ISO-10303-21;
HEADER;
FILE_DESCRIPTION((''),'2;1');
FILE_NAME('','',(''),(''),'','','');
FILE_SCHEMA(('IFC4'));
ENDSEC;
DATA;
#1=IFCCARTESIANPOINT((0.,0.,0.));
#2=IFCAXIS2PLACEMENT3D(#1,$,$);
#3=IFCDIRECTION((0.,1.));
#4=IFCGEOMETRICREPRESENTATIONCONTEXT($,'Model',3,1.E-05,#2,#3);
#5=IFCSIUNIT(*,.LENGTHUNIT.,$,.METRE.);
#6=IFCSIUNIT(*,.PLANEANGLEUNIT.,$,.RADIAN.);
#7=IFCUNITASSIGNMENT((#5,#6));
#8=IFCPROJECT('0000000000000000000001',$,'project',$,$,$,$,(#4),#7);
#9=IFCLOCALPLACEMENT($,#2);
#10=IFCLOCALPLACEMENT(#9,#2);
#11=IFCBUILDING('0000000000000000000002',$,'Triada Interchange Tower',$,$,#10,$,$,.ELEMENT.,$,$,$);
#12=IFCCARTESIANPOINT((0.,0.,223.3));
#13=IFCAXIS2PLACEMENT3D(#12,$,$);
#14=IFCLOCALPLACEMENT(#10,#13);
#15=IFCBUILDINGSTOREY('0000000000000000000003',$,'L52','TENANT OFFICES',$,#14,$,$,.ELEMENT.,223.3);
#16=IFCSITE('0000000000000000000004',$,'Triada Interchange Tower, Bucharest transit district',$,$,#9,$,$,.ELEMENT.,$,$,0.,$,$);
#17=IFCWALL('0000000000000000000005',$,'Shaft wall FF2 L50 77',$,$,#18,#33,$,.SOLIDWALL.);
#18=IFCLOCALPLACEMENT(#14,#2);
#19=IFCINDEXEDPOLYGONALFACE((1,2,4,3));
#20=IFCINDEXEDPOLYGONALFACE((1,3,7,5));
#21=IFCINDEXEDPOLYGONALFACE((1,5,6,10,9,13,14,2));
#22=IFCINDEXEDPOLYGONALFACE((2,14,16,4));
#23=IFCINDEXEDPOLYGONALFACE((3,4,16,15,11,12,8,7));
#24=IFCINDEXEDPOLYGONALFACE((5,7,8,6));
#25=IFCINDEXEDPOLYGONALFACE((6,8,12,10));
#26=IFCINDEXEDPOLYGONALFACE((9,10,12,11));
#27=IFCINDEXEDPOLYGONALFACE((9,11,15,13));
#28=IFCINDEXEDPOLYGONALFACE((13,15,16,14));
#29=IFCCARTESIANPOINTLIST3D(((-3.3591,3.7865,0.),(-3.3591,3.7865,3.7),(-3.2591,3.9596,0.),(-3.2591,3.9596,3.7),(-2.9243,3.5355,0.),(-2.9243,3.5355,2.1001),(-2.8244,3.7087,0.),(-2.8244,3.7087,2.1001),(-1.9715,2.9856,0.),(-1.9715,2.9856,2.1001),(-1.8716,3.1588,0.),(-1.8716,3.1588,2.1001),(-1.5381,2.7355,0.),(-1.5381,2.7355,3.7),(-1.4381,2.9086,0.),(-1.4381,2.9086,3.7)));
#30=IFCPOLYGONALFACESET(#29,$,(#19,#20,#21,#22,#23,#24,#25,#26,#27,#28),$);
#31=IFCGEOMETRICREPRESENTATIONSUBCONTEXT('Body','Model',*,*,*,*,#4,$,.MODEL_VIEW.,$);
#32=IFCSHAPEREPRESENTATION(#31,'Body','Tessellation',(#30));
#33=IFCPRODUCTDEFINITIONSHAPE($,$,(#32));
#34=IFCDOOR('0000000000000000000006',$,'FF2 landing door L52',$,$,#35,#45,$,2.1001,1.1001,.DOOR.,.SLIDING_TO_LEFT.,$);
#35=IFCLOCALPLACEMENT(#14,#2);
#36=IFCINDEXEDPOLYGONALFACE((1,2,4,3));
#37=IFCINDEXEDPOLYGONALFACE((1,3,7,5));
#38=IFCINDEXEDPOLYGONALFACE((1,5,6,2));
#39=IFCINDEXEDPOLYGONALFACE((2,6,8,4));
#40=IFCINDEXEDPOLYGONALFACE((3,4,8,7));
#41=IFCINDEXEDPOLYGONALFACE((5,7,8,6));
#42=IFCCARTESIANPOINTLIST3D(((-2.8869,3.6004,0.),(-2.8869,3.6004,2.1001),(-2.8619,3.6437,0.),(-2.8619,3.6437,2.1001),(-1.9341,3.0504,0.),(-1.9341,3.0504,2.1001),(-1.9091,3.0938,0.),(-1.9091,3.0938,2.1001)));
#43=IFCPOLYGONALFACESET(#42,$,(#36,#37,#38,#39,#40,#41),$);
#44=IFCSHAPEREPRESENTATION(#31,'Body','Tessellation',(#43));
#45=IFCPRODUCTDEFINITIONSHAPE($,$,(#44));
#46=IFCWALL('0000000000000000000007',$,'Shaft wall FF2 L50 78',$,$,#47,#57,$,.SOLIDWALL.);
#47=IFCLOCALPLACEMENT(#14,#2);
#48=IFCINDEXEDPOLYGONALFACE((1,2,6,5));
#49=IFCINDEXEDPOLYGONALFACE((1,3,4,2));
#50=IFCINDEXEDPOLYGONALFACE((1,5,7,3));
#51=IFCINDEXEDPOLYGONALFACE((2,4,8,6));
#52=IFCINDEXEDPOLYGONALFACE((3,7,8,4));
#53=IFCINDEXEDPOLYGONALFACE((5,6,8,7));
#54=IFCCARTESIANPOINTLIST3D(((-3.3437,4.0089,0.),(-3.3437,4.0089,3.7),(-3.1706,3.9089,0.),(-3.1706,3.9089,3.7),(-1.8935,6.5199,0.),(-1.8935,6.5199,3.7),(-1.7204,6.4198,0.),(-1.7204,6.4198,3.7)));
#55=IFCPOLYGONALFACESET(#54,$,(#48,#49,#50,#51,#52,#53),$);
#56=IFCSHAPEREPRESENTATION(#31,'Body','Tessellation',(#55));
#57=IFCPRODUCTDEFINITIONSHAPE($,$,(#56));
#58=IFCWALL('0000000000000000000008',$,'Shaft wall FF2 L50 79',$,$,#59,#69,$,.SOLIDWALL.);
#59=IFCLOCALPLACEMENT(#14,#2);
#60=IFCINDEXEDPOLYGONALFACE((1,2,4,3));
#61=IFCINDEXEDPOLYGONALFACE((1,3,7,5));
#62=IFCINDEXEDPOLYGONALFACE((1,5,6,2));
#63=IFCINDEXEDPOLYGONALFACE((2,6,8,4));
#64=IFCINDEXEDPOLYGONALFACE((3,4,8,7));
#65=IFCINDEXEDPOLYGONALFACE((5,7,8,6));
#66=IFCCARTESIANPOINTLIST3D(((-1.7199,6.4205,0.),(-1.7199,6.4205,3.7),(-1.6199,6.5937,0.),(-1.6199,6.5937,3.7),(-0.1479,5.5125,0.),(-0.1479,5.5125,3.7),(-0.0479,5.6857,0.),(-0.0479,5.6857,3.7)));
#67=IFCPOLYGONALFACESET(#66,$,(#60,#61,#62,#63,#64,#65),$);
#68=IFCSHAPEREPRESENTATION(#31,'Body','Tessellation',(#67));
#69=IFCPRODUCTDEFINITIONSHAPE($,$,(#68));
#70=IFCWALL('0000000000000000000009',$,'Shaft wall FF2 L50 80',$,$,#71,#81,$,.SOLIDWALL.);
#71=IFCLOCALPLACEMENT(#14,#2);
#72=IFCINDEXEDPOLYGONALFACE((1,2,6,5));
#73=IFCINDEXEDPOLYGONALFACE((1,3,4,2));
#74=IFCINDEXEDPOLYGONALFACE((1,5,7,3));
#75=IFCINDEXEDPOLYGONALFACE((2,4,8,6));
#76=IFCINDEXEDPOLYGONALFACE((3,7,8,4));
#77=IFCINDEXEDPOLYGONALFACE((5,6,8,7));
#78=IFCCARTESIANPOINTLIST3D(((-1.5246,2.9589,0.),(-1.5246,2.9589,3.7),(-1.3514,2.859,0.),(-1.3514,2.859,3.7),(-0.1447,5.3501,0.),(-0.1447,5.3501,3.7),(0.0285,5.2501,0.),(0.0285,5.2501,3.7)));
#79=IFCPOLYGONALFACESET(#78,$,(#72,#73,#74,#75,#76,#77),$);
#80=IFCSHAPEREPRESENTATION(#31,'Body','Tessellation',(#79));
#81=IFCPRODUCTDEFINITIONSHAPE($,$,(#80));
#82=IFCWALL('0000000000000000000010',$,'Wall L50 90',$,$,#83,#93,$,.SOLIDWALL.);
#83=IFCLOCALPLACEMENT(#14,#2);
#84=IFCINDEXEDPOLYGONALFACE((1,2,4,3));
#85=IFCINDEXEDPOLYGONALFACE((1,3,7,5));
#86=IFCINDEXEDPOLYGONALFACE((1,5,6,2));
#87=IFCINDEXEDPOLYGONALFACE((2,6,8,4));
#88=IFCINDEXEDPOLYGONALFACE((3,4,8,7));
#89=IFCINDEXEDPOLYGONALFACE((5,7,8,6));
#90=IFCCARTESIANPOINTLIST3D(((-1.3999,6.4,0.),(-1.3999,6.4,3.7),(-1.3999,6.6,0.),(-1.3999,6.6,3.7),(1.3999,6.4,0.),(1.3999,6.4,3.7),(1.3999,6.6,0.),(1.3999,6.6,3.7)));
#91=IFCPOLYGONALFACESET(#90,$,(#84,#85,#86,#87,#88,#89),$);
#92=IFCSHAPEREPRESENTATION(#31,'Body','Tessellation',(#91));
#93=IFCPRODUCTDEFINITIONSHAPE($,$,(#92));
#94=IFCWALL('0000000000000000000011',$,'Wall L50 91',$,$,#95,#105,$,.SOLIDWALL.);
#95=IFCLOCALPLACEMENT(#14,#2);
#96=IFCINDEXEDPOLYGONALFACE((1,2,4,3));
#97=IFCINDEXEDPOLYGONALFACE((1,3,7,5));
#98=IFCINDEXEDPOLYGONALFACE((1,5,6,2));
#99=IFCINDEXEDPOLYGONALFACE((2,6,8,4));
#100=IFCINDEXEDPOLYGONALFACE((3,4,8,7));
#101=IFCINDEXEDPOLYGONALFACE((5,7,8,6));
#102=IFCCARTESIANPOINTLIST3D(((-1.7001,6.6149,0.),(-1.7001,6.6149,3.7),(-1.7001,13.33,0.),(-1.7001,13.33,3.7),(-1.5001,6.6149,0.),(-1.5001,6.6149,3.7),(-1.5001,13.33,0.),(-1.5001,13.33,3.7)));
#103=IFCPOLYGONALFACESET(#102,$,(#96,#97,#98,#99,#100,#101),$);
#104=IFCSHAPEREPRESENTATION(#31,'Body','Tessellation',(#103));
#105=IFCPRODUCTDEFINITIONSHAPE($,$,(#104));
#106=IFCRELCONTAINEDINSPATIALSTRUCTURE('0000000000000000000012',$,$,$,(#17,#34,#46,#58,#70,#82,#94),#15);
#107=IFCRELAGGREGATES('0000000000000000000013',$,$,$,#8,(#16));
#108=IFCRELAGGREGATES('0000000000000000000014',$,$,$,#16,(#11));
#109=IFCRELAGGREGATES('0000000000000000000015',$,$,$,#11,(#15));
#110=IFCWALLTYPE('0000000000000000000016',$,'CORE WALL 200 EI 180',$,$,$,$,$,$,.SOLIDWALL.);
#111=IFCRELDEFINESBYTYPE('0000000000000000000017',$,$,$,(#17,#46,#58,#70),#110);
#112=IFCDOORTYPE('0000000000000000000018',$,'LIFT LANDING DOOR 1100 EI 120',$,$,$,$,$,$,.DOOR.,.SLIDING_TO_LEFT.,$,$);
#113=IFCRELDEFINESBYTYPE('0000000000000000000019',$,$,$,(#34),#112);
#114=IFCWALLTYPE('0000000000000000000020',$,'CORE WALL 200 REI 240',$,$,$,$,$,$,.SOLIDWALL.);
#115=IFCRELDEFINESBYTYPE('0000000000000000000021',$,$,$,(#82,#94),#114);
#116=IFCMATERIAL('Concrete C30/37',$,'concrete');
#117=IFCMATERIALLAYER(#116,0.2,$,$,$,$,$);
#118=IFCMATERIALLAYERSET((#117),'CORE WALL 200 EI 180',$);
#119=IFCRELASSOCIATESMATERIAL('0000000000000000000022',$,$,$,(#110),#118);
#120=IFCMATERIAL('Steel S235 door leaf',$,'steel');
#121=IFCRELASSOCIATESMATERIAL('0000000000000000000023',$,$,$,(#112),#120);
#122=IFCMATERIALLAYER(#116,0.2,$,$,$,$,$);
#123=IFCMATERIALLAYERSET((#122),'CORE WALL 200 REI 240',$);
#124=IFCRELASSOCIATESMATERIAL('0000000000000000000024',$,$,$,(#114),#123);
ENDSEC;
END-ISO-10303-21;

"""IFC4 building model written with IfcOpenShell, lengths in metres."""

from ifc_helpers import new_model, si_unit, direction, frame, frame_2d, origin, place, context, subcontext, project, spatial, rectangle, extrude, material, layer, layer_set, type_object, element, fill, save


model = new_model("IFC4")

# Units and contexts
model_context = context("Model", 3, precision=1e-05, world=origin(), true_north=direction((0.0, 1.0)))
body_context = subcontext(model_context, "Body", "Model", "MODEL_VIEW")
ifc_project = project(units=[si_unit("LENGTHUNIT", "METRE"), si_unit("PLANEANGLEUNIT", "RADIAN")], contexts=[model_context])

# Site, building, storey
site_placement = place(None, origin())
site = spatial("IfcSite", under=ifc_project, at=site_placement, Name="Triada Interchange Tower, Bucharest transit district", CompositionType="ELEMENT", RefElevation=0.0)
building_placement = place(site_placement, origin())
building = spatial("IfcBuilding", under=site, at=building_placement, Name="Triada Interchange Tower", CompositionType="ELEMENT")
storey_placement = place(building_placement, frame((0.0, 0.0, 223.3)))
storey = spatial("IfcBuildingStorey", under=building, at=storey_placement, Name="L52", Description="TENANT OFFICES", CompositionType="ELEMENT", Elevation=223.3)

# Shared definitions
ifc_material_1 = material(Name="Concrete C30/37", Category="concrete")
ifc_layer_1 = layer(ifc_material_1, 0.2)
ifc_layer_set_1 = layer_set([ifc_layer_1], Name="CORE WALL 200 EI 180")
wall_type_1 = type_object("IfcWallType", Name="CORE WALL 200 EI 180", PredefinedType="SOLIDWALL", material=ifc_layer_set_1)

# Shared definitions
ifc_material_2 = material(Name="Steel S235 door leaf", Category="steel")

# Wall, opening, door
door_type_1 = type_object("IfcDoorType", Name="LIFT LANDING DOOR 1100 EI 120", OperationType="SLIDING_TO_LEFT", PredefinedType="DOOR", material=ifc_material_2)
wall_1_placement = place(storey_placement, frame((-3.3091, 3.873, 0.0), z_axis=(0.0, 0.0, 1.0), x_axis=(0.866099, -0.499873, 0.0)))
wall_1 = element("IfcWall", 1, at=wall_1_placement, inside=storey, type_object=wall_type_1, Name="Shaft wall FF2 L50 77", PredefinedType="SOLIDWALL", context=body_context, shape_type="SweptSolid", body=[
    extrude(rectangle(XDim=2.1025, YDim=0.2, at=frame_2d((1.0513, 0.0))), origin(), (0.0, 0.0, 1.0), 3.7),
])
opening_1_placement = place(wall_1_placement, frame((0.502, 0.0, 0.0)))
opening_1 = element("IfcOpeningElement", 2, at=opening_1_placement, cuts=wall_1, PredefinedType="OPENING", context=body_context, shape_type="SweptSolid", body=[
    extrude(rectangle(XDim=1.1001, YDim=2.1001, at=frame_2d((0.55, 1.05))), frame((0.0, 0.1099, 0.0), z_axis=(0.0, -1.0, 0.0), x_axis=(1.0, 0.0, 0.0)), (0.0, 0.0, 1.0), 0.22),
])
door_1_placement = place(opening_1_placement, origin())
door_1 = element("IfcDoor", 3, at=door_1_placement, inside=storey, type_object=door_type_1, Name="FF2 landing door L52", OperationType="SLIDING_TO_LEFT", OverallHeight=2.1001, OverallWidth=1.1001, PredefinedType="DOOR", context=body_context, shape_type="SweptSolid", body=[
    extrude(rectangle(XDim=1.1001, YDim=2.1001, at=frame_2d((0.55, 1.05))), frame((0.0, 0.0249, 0.0), z_axis=(0.0, -1.0, 0.0), x_axis=(1.0, 0.0, 0.0)), (0.0, 0.0, 1.0), 0.05),
])
fill(opening_1, door_1)

# Walls
wall_2_placement = place(storey_placement, frame((-3.2571, 3.959, 0.0), z_axis=(0.0, 0.0, 1.0), x_axis=(0.500123, 0.865954, 0.0)))
element("IfcWall", 4, at=wall_2_placement, inside=storey, type_object=wall_type_1, Name="Shaft wall FF2 L50 78", PredefinedType="SOLIDWALL", context=body_context, shape_type="SweptSolid", body=[
    extrude(rectangle(XDim=2.8997, YDim=0.2, at=frame_2d((1.4497, 0.0))), origin(), (0.0, 0.0, 1.0), 3.7),
])
wall_3_placement = place(storey_placement, frame((-1.6699, 6.5071, 0.0), z_axis=(0.0, 0.0, 1.0), x_axis=(0.865941, -0.500145, 0.0)))
element("IfcWall", 5, at=wall_3_placement, inside=storey, type_object=wall_type_1, Name="Shaft wall FF2 L50 79", PredefinedType="SOLIDWALL", context=body_context, shape_type="SweptSolid", body=[
    extrude(rectangle(XDim=1.8154, YDim=0.2, at=frame_2d((0.9077, 0.0))), origin(), (0.0, 0.0, 1.0), 3.7),
])
wall_4_placement = place(storey_placement, frame((-1.438, 2.9089, 0.0), z_axis=(0.0, 0.0, 1.0), x_axis=(0.49983, 0.866124, 0.0)))
element("IfcWall", 6, at=wall_4_placement, inside=storey, type_object=wall_type_1, Name="Shaft wall FF2 L50 80", PredefinedType="SOLIDWALL", context=body_context, shape_type="SweptSolid", body=[
    extrude(rectangle(XDim=2.7607, YDim=0.2, at=frame_2d((1.3804, 0.0))), origin(), (0.0, 0.0, 1.0), 3.7),
])
ifc_layer_2 = layer(ifc_material_1, 0.2)
ifc_layer_set_2 = layer_set([ifc_layer_2], Name="CORE WALL 200 REI 240")
wall_type_2 = type_object("IfcWallType", Name="CORE WALL 200 REI 240", PredefinedType="SOLIDWALL", material=ifc_layer_set_2)
wall_5_placement = place(storey_placement, frame((-1.3999, 6.5, 0.0), z_axis=(0.0, 0.0, 1.0), x_axis=(1.0, 0.0, 0.0)))
element("IfcWall", 7, at=wall_5_placement, inside=storey, type_object=wall_type_2, Name="Wall L50 90", PredefinedType="SOLIDWALL", context=body_context, shape_type="SweptSolid", body=[
    extrude(rectangle(XDim=2.7998, YDim=0.2, at=frame_2d((1.3999, 0.0))), origin(), (0.0, 0.0, 1.0), 3.7),
])
wall_6_placement = place(storey_placement, frame((-1.6001, 6.615, 0.0), z_axis=(0.0, 0.0, 1.0), x_axis=(0.0, 1.0, 0.0)))
element("IfcWall", 8, at=wall_6_placement, inside=storey, type_object=wall_type_2, Name="Wall L50 91", PredefinedType="SOLIDWALL", context=body_context, shape_type="SweptSolid", body=[
    extrude(rectangle(XDim=6.7151, YDim=0.2, at=frame_2d((3.3574, 0.0))), origin(), (0.0, 0.0, 1.0), 3.7),
])

save(model, "model.ifc")
